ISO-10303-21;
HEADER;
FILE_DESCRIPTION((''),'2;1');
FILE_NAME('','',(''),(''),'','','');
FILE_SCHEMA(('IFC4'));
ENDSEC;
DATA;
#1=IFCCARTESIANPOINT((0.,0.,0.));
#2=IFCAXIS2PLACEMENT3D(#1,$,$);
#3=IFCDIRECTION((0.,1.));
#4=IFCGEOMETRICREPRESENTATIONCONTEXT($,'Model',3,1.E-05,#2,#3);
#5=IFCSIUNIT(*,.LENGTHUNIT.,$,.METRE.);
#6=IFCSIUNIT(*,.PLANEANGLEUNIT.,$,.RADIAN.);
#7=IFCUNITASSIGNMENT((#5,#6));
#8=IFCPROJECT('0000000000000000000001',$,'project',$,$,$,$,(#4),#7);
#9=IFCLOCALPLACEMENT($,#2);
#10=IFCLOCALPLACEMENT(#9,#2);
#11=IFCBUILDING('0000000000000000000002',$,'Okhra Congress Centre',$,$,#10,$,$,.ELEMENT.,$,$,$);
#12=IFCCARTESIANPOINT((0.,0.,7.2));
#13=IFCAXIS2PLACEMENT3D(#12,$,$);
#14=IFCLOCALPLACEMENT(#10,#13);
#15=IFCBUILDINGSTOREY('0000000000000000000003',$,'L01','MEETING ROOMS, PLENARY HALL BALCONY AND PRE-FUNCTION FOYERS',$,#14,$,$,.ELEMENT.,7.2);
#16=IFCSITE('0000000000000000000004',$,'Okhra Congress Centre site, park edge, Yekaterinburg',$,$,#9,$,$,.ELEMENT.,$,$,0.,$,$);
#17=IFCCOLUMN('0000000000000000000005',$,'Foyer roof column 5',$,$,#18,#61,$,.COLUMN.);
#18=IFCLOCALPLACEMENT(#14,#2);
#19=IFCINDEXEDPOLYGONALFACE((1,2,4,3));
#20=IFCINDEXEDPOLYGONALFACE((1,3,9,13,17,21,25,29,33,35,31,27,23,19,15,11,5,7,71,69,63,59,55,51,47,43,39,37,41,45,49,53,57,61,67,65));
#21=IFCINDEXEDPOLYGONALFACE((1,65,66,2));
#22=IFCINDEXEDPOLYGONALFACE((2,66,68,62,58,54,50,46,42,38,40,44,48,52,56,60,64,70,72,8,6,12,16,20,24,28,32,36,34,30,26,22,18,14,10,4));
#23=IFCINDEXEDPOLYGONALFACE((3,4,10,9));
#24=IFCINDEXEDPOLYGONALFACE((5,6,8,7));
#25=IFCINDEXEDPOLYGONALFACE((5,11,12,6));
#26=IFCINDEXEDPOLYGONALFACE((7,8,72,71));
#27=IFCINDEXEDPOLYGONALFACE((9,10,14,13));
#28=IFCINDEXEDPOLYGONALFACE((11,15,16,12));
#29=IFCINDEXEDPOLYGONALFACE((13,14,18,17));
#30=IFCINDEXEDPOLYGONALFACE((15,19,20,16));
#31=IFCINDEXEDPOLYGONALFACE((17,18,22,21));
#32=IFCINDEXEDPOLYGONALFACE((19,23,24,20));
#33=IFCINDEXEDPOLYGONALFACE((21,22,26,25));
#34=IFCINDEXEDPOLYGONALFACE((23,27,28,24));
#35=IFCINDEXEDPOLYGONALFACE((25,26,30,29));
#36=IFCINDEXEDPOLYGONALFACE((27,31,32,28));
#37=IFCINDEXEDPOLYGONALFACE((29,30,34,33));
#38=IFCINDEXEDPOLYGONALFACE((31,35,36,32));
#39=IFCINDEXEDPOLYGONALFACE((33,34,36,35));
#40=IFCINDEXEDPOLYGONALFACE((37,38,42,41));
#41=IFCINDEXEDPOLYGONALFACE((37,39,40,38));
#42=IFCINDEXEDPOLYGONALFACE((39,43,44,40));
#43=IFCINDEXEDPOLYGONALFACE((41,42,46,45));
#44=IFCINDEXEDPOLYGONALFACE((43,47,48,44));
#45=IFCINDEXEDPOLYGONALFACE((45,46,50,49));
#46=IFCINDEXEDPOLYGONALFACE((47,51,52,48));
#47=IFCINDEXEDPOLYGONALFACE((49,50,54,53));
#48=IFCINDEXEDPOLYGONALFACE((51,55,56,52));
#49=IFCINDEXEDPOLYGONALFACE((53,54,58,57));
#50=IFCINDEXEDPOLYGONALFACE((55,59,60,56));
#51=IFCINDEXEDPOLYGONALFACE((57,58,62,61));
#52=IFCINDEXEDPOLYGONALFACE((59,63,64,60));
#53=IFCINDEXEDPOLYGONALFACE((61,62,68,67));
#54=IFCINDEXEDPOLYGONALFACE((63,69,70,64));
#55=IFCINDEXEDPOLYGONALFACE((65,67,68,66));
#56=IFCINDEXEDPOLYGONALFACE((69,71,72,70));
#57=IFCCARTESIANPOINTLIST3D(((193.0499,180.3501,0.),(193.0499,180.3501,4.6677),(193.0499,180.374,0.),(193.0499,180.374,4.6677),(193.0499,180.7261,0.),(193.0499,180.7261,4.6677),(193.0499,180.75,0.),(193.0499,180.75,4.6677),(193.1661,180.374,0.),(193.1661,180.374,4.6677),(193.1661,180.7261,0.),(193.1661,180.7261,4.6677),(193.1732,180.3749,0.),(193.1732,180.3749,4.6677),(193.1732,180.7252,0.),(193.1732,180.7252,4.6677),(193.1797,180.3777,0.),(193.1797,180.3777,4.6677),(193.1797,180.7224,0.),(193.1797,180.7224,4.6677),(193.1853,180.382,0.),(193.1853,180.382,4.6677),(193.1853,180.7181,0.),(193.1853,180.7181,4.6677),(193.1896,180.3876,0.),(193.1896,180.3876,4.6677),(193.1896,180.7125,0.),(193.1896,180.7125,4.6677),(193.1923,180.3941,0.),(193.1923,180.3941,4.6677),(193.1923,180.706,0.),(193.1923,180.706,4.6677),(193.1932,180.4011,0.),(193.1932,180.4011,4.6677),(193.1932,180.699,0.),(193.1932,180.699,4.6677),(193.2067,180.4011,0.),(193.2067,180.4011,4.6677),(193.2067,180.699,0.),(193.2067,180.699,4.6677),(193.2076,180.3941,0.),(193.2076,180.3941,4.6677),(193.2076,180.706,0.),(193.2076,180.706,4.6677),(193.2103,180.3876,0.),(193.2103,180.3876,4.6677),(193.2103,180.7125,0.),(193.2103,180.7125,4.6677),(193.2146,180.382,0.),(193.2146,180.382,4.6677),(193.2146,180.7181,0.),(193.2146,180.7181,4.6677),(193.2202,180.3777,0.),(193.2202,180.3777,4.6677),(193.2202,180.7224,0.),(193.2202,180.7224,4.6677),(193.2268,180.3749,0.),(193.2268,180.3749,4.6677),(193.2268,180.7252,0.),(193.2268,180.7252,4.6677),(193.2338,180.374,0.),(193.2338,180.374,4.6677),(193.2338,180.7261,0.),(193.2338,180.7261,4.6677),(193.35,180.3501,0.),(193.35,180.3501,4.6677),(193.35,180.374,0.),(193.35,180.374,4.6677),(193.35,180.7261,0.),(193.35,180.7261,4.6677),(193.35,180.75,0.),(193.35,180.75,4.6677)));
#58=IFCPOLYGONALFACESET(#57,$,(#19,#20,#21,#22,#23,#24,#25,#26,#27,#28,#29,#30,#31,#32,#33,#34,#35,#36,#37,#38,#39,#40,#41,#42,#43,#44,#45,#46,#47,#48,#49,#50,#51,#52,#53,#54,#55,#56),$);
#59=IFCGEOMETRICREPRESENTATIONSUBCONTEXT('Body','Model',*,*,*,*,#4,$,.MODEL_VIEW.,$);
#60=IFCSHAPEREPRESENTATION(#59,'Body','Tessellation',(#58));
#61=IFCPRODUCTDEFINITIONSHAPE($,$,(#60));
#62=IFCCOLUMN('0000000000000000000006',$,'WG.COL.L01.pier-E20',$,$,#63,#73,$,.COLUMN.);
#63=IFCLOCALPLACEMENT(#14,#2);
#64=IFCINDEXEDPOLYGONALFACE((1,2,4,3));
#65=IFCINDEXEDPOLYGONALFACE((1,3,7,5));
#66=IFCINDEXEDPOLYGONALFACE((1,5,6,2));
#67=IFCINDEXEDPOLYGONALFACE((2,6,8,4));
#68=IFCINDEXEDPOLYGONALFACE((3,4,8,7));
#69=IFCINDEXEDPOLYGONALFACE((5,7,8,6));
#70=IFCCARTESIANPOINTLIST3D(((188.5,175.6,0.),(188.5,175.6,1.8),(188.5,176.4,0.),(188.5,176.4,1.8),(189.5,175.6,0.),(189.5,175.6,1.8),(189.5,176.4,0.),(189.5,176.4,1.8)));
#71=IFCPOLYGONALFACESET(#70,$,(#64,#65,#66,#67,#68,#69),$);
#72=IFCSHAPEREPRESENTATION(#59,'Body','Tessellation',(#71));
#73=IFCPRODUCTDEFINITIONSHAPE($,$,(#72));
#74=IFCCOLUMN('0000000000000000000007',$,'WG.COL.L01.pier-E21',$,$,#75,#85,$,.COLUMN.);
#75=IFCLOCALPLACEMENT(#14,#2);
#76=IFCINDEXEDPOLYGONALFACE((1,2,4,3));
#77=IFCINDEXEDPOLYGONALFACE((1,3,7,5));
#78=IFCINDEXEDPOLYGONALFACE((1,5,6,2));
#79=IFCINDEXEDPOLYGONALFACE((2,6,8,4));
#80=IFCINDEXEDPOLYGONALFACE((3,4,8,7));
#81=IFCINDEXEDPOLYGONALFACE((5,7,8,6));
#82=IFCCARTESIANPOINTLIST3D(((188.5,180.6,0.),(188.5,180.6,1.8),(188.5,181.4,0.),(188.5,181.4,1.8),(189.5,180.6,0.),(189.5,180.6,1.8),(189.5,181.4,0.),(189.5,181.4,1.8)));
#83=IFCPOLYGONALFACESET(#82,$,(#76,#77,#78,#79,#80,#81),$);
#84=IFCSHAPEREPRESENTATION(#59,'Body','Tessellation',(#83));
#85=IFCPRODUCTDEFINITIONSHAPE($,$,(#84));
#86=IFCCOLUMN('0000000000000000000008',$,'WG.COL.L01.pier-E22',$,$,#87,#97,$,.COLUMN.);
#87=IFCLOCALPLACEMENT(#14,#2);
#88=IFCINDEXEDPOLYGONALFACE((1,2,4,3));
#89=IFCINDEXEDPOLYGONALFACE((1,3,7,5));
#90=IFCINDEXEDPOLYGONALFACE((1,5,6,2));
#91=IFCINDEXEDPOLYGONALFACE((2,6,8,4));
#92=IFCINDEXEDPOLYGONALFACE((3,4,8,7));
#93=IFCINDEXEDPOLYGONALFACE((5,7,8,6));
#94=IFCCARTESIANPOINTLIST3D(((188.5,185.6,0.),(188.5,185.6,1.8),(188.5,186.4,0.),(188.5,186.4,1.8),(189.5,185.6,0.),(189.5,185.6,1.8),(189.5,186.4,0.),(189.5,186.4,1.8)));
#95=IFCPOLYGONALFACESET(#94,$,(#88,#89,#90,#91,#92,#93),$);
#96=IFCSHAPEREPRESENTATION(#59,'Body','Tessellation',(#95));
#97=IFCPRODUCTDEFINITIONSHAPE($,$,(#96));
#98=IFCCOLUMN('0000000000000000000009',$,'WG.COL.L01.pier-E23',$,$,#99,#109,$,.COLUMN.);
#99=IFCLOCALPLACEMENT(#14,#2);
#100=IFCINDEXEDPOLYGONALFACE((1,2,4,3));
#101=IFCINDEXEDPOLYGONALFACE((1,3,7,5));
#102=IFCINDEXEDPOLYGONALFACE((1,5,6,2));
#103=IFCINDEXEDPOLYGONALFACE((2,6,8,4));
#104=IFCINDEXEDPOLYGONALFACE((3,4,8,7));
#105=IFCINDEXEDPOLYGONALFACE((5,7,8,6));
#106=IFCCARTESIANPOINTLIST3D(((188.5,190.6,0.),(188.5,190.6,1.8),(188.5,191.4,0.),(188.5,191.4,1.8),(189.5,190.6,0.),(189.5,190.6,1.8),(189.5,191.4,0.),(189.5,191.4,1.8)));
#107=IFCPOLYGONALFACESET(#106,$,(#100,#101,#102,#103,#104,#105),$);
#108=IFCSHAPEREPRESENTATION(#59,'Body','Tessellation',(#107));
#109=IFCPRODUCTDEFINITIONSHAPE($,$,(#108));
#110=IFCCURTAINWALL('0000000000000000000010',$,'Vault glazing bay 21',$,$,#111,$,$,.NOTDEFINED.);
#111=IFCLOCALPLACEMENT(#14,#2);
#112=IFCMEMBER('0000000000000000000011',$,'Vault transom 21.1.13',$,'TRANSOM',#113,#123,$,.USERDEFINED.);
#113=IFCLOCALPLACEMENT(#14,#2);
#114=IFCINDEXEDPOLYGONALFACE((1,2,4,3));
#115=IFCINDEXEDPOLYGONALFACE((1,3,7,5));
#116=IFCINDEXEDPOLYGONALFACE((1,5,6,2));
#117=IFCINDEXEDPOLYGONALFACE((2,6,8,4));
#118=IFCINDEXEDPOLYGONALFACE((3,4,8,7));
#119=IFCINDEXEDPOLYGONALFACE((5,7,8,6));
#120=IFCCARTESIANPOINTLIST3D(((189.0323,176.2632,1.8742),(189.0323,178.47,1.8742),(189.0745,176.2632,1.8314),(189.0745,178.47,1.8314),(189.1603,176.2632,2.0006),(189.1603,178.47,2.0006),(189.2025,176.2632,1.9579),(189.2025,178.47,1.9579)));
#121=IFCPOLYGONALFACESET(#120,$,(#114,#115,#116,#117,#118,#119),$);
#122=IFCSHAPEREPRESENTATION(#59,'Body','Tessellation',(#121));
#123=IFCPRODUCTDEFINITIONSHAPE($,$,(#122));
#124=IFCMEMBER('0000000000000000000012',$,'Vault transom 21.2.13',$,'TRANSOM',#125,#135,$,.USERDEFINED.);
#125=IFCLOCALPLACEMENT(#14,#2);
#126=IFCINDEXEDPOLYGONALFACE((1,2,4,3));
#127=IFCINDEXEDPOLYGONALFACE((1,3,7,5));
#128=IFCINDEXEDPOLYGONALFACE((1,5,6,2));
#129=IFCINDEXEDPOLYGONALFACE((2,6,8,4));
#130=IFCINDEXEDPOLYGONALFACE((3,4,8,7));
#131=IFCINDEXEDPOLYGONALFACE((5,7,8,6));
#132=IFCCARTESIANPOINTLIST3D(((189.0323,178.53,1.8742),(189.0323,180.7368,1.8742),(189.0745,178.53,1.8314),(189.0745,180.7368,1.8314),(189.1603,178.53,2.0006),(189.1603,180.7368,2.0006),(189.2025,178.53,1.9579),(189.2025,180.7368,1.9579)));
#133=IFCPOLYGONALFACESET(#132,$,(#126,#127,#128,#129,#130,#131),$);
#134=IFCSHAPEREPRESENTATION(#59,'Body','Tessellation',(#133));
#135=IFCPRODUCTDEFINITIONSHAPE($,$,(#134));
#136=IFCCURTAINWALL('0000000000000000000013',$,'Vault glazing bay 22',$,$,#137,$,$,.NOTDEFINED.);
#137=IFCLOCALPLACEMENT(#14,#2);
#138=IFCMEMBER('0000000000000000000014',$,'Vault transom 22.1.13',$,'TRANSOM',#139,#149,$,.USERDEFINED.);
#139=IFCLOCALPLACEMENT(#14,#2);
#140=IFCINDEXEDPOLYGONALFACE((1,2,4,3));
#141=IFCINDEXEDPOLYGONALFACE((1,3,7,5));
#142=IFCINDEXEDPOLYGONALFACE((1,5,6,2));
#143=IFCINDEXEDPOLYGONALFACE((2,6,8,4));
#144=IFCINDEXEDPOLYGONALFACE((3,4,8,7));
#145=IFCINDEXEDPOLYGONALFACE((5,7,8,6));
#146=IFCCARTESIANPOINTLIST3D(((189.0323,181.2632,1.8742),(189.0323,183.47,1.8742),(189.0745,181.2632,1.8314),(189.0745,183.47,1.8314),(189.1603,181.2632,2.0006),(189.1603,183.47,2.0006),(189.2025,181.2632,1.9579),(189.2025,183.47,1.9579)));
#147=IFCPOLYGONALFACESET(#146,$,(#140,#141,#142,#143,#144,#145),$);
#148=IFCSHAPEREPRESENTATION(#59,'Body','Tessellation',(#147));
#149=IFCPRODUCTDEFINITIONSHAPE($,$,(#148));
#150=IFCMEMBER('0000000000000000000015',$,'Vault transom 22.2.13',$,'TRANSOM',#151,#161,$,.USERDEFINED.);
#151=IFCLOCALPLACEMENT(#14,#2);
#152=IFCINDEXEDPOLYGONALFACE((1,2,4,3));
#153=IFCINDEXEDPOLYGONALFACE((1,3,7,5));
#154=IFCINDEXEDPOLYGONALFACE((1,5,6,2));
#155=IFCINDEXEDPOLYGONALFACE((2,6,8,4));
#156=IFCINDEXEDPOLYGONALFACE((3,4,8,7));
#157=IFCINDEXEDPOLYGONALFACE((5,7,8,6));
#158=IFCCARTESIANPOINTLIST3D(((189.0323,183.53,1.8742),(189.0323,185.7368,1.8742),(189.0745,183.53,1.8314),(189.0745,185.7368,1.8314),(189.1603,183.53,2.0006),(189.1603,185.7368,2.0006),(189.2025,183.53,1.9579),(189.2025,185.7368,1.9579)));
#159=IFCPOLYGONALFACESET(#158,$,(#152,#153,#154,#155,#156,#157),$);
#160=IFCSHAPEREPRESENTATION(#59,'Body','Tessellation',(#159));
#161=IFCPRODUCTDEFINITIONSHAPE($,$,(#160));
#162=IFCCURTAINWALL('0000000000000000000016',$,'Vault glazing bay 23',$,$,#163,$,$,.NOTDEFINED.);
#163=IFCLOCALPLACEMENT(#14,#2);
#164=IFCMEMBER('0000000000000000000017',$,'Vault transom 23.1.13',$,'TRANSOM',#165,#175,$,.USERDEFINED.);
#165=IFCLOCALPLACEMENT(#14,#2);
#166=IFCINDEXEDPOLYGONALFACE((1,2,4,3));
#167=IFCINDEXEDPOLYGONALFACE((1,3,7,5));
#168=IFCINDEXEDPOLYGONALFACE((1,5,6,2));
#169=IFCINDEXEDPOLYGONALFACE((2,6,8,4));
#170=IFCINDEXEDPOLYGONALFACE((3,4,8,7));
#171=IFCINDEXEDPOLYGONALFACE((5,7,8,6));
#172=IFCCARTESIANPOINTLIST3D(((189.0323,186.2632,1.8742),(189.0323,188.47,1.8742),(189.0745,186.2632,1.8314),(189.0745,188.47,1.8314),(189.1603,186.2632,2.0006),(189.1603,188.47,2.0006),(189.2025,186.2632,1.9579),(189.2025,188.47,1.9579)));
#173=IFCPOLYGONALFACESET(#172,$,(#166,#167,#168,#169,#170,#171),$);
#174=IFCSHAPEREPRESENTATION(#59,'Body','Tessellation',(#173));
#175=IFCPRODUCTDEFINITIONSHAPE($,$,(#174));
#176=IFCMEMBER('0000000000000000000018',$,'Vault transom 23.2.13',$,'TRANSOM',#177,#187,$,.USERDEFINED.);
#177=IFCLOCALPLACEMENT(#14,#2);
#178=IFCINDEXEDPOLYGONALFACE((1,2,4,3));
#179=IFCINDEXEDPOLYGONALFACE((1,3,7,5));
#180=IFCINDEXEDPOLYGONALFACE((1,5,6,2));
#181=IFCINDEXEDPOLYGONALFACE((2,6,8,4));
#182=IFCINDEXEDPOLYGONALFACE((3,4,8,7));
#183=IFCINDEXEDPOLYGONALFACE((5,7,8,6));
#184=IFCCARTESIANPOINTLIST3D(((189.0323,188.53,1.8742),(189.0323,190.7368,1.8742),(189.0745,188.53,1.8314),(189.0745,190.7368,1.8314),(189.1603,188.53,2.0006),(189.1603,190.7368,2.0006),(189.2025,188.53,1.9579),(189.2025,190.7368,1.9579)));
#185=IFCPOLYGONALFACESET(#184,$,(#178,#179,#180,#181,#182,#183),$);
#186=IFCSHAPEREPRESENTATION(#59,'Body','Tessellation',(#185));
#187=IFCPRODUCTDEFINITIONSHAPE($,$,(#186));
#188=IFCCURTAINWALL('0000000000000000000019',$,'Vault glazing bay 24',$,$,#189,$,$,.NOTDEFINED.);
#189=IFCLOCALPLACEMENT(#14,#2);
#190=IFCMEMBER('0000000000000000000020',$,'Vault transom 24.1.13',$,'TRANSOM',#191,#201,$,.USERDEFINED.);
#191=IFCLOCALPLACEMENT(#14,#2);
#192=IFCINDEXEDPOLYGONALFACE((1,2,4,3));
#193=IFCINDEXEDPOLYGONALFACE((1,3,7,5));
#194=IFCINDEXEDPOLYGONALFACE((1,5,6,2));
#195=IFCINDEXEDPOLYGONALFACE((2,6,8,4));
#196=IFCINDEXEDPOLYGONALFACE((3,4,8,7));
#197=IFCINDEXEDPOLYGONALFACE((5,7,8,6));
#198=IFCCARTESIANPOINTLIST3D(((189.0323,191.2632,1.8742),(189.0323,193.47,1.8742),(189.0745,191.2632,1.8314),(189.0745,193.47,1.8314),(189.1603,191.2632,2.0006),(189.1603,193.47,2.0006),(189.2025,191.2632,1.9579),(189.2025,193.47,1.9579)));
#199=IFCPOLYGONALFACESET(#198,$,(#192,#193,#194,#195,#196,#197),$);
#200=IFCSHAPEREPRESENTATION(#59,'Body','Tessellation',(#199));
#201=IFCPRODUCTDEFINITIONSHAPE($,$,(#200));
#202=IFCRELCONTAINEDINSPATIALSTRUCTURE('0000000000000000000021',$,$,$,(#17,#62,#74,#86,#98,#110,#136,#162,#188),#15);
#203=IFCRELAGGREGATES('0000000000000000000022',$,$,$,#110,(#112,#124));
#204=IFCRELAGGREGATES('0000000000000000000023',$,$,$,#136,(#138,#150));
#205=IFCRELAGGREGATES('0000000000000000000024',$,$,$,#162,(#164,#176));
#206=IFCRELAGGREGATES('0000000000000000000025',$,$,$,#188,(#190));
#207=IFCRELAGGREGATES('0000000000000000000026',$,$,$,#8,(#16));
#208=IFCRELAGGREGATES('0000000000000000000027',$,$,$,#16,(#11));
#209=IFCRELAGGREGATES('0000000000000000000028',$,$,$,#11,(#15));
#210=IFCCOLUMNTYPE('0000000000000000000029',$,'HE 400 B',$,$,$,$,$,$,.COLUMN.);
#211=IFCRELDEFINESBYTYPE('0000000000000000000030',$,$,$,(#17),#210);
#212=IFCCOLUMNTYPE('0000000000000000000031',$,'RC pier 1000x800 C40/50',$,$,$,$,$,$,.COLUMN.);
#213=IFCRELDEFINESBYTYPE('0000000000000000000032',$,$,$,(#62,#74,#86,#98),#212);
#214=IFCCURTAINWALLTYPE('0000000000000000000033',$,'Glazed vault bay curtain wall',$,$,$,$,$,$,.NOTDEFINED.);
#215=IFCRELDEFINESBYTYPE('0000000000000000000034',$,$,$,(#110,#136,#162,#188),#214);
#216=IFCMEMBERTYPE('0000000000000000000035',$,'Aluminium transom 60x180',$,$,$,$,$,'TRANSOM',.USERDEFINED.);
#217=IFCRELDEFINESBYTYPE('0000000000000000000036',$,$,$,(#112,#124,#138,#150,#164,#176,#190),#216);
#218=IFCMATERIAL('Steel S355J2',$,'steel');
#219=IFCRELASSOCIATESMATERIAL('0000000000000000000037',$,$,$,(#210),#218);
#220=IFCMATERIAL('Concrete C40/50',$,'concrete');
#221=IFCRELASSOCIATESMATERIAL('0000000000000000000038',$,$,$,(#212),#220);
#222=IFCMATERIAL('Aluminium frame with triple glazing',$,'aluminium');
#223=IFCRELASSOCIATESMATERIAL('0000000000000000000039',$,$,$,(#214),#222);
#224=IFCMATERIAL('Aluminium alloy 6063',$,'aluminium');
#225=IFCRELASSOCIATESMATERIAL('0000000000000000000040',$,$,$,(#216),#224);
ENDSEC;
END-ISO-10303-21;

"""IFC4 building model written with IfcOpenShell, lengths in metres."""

from ifc_helpers import new_model, si_unit, direction, frame, origin, origin_2d, place, context, subcontext, project, spatial, rectangle, i_section, extrude, material, material_profile, profile_set, type_object, element, aggregate, save


model = new_model("IFC4")

# Units and contexts
model_context = context("Model", 3, precision=1e-05, world=origin(), true_north=direction((0.0, 1.0)))
body_context = subcontext(model_context, "Body", "Model", "MODEL_VIEW")
ifc_project = project(units=[si_unit("LENGTHUNIT", "METRE"), si_unit("PLANEANGLEUNIT", "RADIAN")], contexts=[model_context])

# Site, building, storey
site_placement = place(None, origin())
site = spatial("IfcSite", under=ifc_project, at=site_placement, Name="Okhra Congress Centre site, park edge, Yekaterinburg", CompositionType="ELEMENT", RefElevation=0.0)
building_placement = place(site_placement, origin())
building = spatial("IfcBuilding", under=site, at=building_placement, Name="Okhra Congress Centre", CompositionType="ELEMENT")
storey_placement = place(building_placement, frame((0.0, 0.0, 7.2)))
storey = spatial("IfcBuildingStorey", under=building, at=storey_placement, Name="L01", Description="MEETING ROOMS, PLENARY HALL BALCONY AND PRE-FUNCTION FOYERS", CompositionType="ELEMENT", Elevation=7.2)

# Columns
ifc_material_1 = material(Name="Steel S355J2", Category="steel")
ifc_material_profile_1 = material_profile(ifc_material_1, i_section(OverallWidth=0.3, OverallDepth=0.3999, WebThickness=0.0134, FlangeThickness=0.0239, FilletRadius=0.0271, at=origin_2d()), Name="HE 400 B")
ifc_profile_set_1 = profile_set([ifc_material_profile_1], Name="Steel S355J2")
column_type_1 = type_object("IfcColumnType", Name="HE 400 B", PredefinedType="COLUMN", material=ifc_profile_set_1)
column_placement = place(storey_placement, frame((193.2, 180.55, 0.0), z_axis=(0.0, 0.0, 1.0), x_axis=(1.0, 0.0, 0.0)))
element("IfcColumn", 1, at=column_placement, inside=storey, type_object=column_type_1, Name="Foyer roof column 5", PredefinedType="COLUMN", context=body_context, shape_type="SweptSolid", body=[
    extrude(i_section(OverallWidth=0.3, OverallDepth=0.3999, WebThickness=0.0134, FlangeThickness=0.0239, FilletRadius=0.0271, at=origin_2d()), origin(), (0.0, 0.0, 1.0), 4.6677),
])
ifc_material_2 = material(Name="Concrete C40/50", Category="concrete")
ifc_material_profile_2 = material_profile(ifc_material_2, rectangle(XDim=1.0, YDim=0.8, at=origin_2d()), Name="RC 1000x800")
ifc_profile_set_2 = profile_set([ifc_material_profile_2], Name="Concrete C40/50")
column_type_2 = type_object("IfcColumnType", Name="RC pier 1000x800 C40/50", PredefinedType="COLUMN", material=ifc_profile_set_2)
for number, where, z_axis, x_axis, name in (
    (2, (189.0, 176.0, 0.0), (0.0, 0.0, 1.0), (1.0, 0.0, 0.0), "WG.COL.L01.pier-E20"),
    (3, (189.0, 181.0, 0.0), (0.0, 0.0, 1.0), (1.0, 0.0, 0.0), "WG.COL.L01.pier-E21"),
    (4, (189.0, 186.0, 0.0), (0.0, 0.0, 1.0), (1.0, 0.0, 0.0), "WG.COL.L01.pier-E22"),
    (5, (189.0, 191.0, 0.0), (0.0, 0.0, 1.0), (1.0, 0.0, 0.0), "WG.COL.L01.pier-E23"),
):
    element("IfcColumn", number, at=place(storey_placement, frame(where, z_axis=z_axis, x_axis=x_axis)), inside=storey, type_object=column_type_2, Name=name, PredefinedType="COLUMN", context=body_context, shape_type="SweptSolid", body=[
        extrude(rectangle(XDim=1.0, YDim=0.8, at=origin_2d()), origin(), (0.0, 0.0, 1.0), 1.8),
    ])

# Curtain walls, members
ifc_material_3 = material(Name="Aluminium frame with triple glazing", Category="aluminium")
curtain_wall_type = type_object("IfcCurtainWallType", Name="Glazed vault bay curtain wall", PredefinedType="NOTDEFINED", material=ifc_material_3)
curtain_wall_1_placement = place(storey_placement, origin())
curtain_wall_1 = element("IfcCurtainWall", 6, at=curtain_wall_1_placement, inside=storey, type_object=curtain_wall_type, Name="Vault glazing bay 21", PredefinedType="NOTDEFINED")
ifc_material_4 = material(Name="Aluminium alloy 6063", Category="aluminium")
ifc_material_profile_3 = material_profile(ifc_material_4, rectangle(XDim=0.0601, YDim=0.1799, at=origin_2d()), Name="AL 60x180 transom")
ifc_profile_set_3 = profile_set([ifc_material_profile_3], Name="Aluminium alloy 6063")
member_type = type_object("IfcMemberType", Name="Aluminium transom 60x180", ElementType="TRANSOM", PredefinedType="USERDEFINED", material=ifc_profile_set_3)
member_1_placement = place(storey_placement, frame((189.1174, 176.2632, 1.916), z_axis=(0.0, 1.0, 0.0), x_axis=(-0.702636, 0.0, 0.711549)))
member_1 = element("IfcMember", 7, at=member_1_placement, type_object=member_type, Name="Vault transom 21.1.13", ObjectType="TRANSOM", PredefinedType="USERDEFINED", context=body_context, shape_type="SweptSolid", body=[
    extrude(rectangle(XDim=0.0601, YDim=0.1799, at=origin_2d()), origin(), (0.0, 0.0, 1.0), 2.2068),
])
member_2_placement = place(storey_placement, frame((189.1174, 178.53, 1.916), z_axis=(0.0, 1.0, 0.0), x_axis=(-0.702636, 0.0, 0.711549)))
member_2 = element("IfcMember", 8, at=member_2_placement, type_object=member_type, Name="Vault transom 21.2.13", ObjectType="TRANSOM", PredefinedType="USERDEFINED", context=body_context, shape_type="SweptSolid", body=[
    extrude(rectangle(XDim=0.0601, YDim=0.1799, at=origin_2d()), origin(), (0.0, 0.0, 1.0), 2.2068),
])
aggregate(curtain_wall_1, [member_1, member_2])
curtain_wall_2_placement = place(storey_placement, origin())
curtain_wall_2 = element("IfcCurtainWall", 9, at=curtain_wall_2_placement, inside=storey, type_object=curtain_wall_type, Name="Vault glazing bay 22", PredefinedType="NOTDEFINED")
member_3_placement = place(storey_placement, frame((189.1174, 181.2632, 1.916), z_axis=(0.0, 1.0, 0.0), x_axis=(-0.702636, 0.0, 0.711549)))
member_3 = element("IfcMember", 10, at=member_3_placement, type_object=member_type, Name="Vault transom 22.1.13", ObjectType="TRANSOM", PredefinedType="USERDEFINED", context=body_context, shape_type="SweptSolid", body=[
    extrude(rectangle(XDim=0.0601, YDim=0.1799, at=origin_2d()), origin(), (0.0, 0.0, 1.0), 2.2068),
])
member_4_placement = place(storey_placement, frame((189.1174, 183.53, 1.916), z_axis=(0.0, 1.0, 0.0), x_axis=(-0.702636, 0.0, 0.711549)))
member_4 = element("IfcMember", 11, at=member_4_placement, type_object=member_type, Name="Vault transom 22.2.13", ObjectType="TRANSOM", PredefinedType="USERDEFINED", context=body_context, shape_type="SweptSolid", body=[
    extrude(rectangle(XDim=0.0601, YDim=0.1799, at=origin_2d()), origin(), (0.0, 0.0, 1.0), 2.2068),
])
aggregate(curtain_wall_2, [member_3, member_4])
curtain_wall_3_placement = place(storey_placement, origin())
curtain_wall_3 = element("IfcCurtainWall", 12, at=curtain_wall_3_placement, inside=storey, type_object=curtain_wall_type, Name="Vault glazing bay 23", PredefinedType="NOTDEFINED")
member_5_placement = place(storey_placement, frame((189.1174, 186.2632, 1.916), z_axis=(0.0, 1.0, 0.0), x_axis=(-0.702636, 0.0, 0.711549)))
member_5 = element("IfcMember", 13, at=member_5_placement, type_object=member_type, Name="Vault transom 23.1.13", ObjectType="TRANSOM", PredefinedType="USERDEFINED", context=body_context, shape_type="SweptSolid", body=[
    extrude(rectangle(XDim=0.0601, YDim=0.1799, at=origin_2d()), origin(), (0.0, 0.0, 1.0), 2.2068),
])
member_6_placement = place(storey_placement, frame((189.1174, 188.53, 1.916), z_axis=(0.0, 1.0, 0.0), x_axis=(-0.702636, 0.0, 0.711549)))
member_6 = element("IfcMember", 14, at=member_6_placement, type_object=member_type, Name="Vault transom 23.2.13", ObjectType="TRANSOM", PredefinedType="USERDEFINED", context=body_context, shape_type="SweptSolid", body=[
    extrude(rectangle(XDim=0.0601, YDim=0.1799, at=origin_2d()), origin(), (0.0, 0.0, 1.0), 2.2068),
])
aggregate(curtain_wall_3, [member_5, member_6])

# Curtain wall, member
curtain_wall_4_placement = place(storey_placement, origin())
curtain_wall_4 = element("IfcCurtainWall", 15, at=curtain_wall_4_placement, inside=storey, type_object=curtain_wall_type, Name="Vault glazing bay 24", PredefinedType="NOTDEFINED")
member_7_placement = place(storey_placement, frame((189.1174, 191.2632, 1.916), z_axis=(0.0, 1.0, 0.0), x_axis=(-0.702636, 0.0, 0.711549)))
member_7 = element("IfcMember", 16, at=member_7_placement, type_object=member_type, Name="Vault transom 24.1.13", ObjectType="TRANSOM", PredefinedType="USERDEFINED", context=body_context, shape_type="SweptSolid", body=[
    extrude(rectangle(XDim=0.0601, YDim=0.1799, at=origin_2d()), origin(), (0.0, 0.0, 1.0), 2.2068),
])
aggregate(curtain_wall_4, [member_7])

save(model, "model.ifc")
